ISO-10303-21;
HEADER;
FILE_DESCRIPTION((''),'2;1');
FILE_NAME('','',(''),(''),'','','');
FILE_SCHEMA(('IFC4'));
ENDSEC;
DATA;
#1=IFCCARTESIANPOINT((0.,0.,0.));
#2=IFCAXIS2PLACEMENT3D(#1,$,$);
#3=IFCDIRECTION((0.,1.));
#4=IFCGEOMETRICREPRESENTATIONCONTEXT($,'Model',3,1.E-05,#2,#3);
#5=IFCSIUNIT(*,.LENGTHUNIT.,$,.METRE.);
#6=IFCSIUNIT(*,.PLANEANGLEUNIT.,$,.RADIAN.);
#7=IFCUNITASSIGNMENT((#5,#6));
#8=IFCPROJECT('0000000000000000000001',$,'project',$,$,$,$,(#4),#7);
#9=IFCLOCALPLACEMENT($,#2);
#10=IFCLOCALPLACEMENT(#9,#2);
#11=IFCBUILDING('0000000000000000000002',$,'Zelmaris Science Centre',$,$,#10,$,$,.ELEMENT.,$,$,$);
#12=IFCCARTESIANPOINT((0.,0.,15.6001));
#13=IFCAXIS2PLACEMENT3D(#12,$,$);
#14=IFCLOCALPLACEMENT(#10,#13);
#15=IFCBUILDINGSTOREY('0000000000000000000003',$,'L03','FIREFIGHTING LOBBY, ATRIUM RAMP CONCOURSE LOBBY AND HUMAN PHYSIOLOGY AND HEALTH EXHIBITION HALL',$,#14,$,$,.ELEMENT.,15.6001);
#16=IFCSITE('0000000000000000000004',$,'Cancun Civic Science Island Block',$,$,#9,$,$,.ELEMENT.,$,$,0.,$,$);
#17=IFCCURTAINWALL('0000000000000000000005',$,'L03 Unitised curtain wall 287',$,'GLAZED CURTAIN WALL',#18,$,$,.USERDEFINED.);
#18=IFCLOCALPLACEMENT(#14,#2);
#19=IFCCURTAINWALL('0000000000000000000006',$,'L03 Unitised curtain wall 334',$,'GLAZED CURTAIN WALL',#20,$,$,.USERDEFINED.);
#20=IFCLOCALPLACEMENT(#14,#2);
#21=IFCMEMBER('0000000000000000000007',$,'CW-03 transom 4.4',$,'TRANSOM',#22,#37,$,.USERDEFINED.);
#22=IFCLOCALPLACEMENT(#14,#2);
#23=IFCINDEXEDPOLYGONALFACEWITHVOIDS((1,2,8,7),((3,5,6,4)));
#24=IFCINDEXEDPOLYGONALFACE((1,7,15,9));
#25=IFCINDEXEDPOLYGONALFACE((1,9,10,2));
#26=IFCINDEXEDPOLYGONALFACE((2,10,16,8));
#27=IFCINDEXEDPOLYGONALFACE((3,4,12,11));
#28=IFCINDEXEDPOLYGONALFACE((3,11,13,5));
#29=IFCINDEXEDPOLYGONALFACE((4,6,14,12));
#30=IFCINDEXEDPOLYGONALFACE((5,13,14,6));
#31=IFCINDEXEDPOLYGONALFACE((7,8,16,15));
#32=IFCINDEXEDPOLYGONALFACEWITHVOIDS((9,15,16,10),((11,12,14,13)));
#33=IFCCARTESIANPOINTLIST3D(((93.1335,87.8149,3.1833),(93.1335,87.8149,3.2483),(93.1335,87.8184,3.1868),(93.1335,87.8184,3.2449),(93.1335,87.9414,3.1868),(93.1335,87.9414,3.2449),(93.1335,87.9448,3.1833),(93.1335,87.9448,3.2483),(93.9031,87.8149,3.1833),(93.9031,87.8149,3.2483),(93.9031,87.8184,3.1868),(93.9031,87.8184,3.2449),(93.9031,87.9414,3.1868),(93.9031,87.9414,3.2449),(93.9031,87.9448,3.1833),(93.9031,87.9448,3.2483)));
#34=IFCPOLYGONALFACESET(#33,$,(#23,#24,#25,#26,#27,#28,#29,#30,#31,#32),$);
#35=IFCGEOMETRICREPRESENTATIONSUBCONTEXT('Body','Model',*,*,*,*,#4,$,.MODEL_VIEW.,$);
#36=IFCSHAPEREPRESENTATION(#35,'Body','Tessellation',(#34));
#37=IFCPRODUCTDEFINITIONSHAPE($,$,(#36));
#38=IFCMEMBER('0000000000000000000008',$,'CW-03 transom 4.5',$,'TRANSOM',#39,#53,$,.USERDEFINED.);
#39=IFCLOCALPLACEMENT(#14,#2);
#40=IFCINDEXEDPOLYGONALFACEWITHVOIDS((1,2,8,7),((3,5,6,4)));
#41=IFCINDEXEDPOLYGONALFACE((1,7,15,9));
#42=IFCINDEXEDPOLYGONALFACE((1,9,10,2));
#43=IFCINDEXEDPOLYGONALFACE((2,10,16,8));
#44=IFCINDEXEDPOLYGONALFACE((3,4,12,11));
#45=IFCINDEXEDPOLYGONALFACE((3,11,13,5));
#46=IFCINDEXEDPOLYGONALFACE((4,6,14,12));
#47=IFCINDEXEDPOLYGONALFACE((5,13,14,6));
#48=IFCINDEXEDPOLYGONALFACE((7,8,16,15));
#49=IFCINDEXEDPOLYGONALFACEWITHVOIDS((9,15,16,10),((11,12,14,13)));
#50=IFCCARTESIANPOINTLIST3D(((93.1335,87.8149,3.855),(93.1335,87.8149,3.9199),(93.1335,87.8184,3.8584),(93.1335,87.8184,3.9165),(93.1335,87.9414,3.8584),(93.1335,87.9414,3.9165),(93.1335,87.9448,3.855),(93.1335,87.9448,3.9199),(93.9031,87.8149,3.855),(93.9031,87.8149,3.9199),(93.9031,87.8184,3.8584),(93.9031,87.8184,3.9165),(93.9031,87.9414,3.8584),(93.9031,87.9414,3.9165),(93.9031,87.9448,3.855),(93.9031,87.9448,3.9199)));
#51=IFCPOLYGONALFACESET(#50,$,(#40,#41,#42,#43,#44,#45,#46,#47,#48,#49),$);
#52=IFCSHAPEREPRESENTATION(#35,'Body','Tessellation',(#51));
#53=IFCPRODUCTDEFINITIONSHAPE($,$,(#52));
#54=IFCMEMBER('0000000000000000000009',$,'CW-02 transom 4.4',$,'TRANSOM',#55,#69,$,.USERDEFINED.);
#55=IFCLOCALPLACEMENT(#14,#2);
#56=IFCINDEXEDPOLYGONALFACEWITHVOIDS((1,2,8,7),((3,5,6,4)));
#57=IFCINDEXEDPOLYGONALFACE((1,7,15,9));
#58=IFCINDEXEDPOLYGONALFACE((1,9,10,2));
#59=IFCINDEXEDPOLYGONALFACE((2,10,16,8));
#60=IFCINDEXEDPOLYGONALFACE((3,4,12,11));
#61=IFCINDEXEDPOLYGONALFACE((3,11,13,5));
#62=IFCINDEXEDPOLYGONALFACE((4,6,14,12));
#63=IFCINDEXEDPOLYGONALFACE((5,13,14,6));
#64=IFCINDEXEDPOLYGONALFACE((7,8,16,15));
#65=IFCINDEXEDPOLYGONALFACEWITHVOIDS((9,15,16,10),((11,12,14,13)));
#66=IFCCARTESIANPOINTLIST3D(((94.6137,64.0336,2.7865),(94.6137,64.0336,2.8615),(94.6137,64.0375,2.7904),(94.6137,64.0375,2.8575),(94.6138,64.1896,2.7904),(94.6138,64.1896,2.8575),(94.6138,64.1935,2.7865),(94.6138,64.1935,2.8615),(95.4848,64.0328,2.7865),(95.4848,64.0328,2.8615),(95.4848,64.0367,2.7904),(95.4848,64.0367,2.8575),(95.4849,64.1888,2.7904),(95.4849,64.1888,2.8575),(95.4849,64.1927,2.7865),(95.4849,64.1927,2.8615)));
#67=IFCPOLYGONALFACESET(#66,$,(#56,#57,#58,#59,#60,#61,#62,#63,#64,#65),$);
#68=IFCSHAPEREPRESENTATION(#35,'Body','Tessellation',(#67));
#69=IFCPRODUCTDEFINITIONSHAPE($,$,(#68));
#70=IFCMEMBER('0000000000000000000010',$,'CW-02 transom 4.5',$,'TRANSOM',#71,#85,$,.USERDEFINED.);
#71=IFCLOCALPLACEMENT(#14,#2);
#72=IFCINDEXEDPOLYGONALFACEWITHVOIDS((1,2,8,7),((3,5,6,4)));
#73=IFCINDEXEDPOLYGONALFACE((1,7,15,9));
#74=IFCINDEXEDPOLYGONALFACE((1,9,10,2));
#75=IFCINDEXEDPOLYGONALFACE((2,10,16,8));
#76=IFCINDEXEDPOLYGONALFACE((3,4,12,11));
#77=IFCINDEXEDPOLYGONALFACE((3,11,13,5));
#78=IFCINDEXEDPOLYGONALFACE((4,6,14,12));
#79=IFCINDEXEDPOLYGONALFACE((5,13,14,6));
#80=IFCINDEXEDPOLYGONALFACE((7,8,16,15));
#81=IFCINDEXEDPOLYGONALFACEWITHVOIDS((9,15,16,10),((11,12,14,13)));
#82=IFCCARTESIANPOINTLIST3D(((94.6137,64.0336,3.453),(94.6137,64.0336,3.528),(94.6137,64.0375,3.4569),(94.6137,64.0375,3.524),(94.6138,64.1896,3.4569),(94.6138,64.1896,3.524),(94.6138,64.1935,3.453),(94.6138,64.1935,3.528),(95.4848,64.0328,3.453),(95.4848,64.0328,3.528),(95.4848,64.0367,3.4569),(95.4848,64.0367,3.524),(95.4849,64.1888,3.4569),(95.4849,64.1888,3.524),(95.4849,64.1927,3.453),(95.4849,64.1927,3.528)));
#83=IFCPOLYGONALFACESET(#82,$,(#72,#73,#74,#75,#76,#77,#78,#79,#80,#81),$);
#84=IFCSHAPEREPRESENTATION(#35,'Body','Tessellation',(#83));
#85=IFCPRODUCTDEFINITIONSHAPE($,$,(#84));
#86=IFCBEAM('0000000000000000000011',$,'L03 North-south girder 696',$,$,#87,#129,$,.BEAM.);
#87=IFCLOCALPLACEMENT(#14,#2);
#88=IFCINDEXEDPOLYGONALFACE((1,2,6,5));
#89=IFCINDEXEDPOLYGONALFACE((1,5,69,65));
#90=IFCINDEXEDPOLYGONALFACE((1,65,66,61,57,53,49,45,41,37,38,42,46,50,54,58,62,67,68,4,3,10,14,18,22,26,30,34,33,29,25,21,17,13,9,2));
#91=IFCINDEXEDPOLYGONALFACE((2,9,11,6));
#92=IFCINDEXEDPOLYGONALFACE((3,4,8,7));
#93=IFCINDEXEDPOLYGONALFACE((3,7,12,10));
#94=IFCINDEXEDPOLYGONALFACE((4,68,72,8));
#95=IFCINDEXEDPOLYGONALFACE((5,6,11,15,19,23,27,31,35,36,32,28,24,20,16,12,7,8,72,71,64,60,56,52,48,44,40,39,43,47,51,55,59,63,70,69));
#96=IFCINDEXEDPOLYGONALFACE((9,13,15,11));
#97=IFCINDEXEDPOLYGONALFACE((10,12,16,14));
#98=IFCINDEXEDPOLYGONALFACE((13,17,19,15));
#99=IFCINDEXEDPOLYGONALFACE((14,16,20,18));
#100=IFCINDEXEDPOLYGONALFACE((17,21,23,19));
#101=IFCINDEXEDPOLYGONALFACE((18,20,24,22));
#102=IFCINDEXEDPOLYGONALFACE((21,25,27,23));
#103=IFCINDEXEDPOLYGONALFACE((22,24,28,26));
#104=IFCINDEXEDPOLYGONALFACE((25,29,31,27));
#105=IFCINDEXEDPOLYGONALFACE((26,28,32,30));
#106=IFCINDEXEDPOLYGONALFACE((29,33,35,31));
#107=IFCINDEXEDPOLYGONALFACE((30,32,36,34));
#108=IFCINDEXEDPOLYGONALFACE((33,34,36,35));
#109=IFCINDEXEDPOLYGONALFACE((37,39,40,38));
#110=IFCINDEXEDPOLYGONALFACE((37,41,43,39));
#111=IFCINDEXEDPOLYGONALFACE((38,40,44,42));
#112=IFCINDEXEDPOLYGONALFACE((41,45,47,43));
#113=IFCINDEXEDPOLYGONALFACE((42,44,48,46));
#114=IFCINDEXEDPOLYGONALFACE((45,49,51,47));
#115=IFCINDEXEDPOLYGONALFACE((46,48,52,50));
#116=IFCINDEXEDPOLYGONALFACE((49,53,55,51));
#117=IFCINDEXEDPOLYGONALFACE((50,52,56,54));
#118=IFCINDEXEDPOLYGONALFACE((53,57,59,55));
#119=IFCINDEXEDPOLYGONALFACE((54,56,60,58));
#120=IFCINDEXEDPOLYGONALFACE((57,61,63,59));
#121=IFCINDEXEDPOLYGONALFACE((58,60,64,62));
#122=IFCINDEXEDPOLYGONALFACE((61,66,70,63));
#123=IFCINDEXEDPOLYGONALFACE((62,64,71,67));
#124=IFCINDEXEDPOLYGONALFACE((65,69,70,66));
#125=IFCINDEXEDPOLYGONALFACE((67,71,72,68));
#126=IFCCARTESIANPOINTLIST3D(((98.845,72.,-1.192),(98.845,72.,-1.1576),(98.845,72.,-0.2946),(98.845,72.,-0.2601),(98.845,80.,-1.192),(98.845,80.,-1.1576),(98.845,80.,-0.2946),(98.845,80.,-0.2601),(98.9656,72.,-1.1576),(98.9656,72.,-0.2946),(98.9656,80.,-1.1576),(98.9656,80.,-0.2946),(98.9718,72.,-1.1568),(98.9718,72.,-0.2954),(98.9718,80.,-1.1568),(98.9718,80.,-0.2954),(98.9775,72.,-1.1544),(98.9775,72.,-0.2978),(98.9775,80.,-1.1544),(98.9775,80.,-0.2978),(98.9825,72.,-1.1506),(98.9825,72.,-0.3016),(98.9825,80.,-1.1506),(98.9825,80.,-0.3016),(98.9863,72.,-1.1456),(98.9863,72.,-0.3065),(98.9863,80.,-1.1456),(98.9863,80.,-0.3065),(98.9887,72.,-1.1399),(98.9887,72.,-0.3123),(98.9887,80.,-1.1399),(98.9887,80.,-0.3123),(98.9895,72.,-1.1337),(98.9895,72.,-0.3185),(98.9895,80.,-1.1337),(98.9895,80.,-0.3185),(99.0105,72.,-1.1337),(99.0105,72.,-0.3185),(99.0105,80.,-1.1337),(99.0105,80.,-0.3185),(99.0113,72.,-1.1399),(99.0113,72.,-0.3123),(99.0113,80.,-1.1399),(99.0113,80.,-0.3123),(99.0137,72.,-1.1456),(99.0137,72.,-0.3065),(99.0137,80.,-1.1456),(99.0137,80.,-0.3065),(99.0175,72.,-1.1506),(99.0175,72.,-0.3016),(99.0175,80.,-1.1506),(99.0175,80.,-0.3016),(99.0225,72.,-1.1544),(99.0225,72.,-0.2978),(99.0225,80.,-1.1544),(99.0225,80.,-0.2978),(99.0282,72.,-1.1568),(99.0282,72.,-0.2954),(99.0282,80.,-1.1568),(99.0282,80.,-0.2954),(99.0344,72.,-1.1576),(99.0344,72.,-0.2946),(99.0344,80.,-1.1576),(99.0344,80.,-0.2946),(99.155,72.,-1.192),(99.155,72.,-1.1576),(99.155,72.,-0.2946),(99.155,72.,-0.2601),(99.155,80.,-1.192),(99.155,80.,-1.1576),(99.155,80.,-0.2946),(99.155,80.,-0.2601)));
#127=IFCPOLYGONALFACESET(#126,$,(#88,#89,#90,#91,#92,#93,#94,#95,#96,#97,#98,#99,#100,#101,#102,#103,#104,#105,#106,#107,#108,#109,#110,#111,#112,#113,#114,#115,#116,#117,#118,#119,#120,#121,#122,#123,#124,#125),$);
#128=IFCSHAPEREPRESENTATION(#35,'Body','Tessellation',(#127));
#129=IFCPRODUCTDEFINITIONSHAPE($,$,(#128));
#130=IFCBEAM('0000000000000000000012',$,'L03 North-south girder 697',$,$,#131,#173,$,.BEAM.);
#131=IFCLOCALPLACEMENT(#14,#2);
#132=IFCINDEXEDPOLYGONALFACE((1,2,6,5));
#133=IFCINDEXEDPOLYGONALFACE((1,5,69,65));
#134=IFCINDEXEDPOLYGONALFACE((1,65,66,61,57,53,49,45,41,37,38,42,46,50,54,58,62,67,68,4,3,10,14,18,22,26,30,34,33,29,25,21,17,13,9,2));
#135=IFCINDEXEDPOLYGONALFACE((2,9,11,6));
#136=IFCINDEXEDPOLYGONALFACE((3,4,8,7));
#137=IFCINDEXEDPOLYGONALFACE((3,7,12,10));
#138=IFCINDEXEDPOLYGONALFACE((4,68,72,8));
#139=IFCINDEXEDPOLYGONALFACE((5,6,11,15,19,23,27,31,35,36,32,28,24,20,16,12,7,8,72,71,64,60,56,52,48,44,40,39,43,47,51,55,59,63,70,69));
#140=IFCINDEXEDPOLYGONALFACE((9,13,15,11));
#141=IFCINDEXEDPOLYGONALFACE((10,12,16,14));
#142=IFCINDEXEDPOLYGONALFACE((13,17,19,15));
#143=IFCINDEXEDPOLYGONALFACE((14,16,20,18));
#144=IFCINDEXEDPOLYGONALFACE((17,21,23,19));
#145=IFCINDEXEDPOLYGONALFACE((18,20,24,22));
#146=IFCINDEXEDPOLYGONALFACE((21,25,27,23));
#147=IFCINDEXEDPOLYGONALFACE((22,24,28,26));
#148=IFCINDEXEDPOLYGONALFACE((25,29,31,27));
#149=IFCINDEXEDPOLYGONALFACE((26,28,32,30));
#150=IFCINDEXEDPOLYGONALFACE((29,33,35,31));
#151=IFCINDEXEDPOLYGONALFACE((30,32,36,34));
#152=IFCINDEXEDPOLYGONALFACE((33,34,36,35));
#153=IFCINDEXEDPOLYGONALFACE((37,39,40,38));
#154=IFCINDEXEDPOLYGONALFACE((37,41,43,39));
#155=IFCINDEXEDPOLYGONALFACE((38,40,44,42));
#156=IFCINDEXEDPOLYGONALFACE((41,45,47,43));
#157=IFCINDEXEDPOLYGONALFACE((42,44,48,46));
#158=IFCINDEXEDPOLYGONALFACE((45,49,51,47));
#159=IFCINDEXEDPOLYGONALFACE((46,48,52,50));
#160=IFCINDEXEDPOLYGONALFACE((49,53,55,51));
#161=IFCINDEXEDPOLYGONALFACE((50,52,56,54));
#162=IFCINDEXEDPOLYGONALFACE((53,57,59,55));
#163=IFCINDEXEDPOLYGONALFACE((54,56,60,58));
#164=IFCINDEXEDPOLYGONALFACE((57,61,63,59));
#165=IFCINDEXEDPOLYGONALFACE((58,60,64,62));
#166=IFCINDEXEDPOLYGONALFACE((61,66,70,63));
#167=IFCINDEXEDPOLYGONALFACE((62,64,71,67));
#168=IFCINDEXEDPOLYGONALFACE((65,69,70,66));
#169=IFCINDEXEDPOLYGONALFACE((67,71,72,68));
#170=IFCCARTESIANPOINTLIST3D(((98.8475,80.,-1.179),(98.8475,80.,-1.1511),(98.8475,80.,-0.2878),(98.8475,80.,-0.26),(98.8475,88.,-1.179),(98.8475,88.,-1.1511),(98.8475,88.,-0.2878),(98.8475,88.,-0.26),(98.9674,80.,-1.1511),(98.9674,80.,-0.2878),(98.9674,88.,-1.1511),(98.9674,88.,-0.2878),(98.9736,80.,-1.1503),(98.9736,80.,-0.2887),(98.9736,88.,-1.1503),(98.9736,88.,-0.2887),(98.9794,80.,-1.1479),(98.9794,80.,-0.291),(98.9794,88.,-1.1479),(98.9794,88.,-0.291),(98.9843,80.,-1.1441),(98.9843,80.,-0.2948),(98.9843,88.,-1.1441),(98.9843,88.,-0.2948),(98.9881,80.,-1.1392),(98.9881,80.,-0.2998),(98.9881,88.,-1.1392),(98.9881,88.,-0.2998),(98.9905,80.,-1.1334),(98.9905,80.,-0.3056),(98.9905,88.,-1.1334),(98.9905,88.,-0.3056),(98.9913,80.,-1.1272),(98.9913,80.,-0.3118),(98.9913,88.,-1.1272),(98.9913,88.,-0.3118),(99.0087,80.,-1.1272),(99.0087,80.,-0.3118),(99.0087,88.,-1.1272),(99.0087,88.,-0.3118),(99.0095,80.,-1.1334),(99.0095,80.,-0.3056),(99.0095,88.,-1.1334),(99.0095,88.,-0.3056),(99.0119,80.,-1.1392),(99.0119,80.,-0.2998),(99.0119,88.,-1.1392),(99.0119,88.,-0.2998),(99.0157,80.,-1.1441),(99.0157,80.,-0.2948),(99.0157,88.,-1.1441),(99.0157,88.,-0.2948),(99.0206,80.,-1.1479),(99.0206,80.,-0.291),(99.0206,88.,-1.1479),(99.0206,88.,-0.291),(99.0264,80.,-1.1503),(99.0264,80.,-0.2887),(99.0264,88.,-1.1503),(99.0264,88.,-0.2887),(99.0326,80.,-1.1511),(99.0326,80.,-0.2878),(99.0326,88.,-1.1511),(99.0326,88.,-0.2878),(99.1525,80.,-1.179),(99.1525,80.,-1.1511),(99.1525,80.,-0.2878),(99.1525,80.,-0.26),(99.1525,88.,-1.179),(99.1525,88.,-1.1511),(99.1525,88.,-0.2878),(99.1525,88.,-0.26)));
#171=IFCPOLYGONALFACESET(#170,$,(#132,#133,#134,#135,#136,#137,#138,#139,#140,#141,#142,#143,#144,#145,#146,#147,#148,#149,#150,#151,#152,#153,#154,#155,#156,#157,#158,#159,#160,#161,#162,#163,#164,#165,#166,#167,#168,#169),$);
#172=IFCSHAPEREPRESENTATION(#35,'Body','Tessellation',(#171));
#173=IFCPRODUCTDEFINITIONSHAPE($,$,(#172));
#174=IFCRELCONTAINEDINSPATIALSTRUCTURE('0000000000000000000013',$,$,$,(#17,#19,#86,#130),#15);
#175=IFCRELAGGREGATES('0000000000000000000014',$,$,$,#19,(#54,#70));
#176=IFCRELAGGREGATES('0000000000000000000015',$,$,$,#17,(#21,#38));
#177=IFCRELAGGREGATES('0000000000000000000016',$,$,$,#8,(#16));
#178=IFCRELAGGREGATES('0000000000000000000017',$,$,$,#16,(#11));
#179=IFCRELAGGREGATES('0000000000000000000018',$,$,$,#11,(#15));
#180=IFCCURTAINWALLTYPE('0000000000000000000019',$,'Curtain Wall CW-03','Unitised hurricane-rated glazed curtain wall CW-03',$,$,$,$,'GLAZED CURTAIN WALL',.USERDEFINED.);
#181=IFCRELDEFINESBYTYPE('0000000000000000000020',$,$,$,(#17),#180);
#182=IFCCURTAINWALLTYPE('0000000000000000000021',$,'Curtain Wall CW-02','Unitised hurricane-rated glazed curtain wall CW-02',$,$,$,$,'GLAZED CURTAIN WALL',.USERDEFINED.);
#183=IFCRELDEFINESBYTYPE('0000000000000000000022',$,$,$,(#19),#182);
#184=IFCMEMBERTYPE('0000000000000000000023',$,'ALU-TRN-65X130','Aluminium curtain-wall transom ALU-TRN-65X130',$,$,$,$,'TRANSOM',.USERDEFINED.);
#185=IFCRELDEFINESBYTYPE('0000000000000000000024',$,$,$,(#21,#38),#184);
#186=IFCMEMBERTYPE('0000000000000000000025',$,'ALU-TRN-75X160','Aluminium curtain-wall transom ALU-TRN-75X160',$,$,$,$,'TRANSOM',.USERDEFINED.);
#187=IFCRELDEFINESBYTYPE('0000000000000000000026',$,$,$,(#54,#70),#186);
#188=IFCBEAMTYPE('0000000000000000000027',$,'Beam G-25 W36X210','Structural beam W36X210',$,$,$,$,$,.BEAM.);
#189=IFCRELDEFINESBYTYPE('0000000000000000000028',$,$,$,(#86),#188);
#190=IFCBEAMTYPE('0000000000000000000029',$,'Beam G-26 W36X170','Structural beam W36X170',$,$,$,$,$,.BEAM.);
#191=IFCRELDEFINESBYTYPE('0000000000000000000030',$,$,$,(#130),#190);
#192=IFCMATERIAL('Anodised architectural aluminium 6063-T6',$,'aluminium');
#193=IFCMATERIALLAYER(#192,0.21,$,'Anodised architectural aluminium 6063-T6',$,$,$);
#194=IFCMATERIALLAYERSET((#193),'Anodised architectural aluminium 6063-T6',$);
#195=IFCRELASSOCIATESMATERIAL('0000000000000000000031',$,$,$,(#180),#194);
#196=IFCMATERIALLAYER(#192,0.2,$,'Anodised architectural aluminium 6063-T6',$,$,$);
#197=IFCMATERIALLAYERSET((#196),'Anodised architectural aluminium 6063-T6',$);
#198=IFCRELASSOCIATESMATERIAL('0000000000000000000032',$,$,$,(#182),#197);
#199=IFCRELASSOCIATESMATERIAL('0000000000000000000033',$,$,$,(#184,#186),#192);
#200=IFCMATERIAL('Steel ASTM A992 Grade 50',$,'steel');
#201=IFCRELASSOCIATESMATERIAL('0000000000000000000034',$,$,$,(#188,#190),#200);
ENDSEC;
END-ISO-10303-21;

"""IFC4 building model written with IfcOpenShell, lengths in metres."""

from ifc_helpers import new_model, si_unit, direction, frame, origin, origin_2d, place, context, subcontext, project, spatial, hollow_rectangle, i_section, extrude, material, layer, layer_set, material_profile, profile_set, type_object, element, aggregate, save


model = new_model("IFC4")

# Units and contexts
model_context = context("Model", 3, precision=1e-05, world=origin(), true_north=direction((0.0, 1.0)))
body_context = subcontext(model_context, "Body", "Model", "MODEL_VIEW")
ifc_project = project(units=[si_unit("LENGTHUNIT", "METRE"), si_unit("PLANEANGLEUNIT", "RADIAN")], contexts=[model_context])

# Site, building, storey
site_placement = place(None, origin())
site = spatial("IfcSite", under=ifc_project, at=site_placement, Name="Cancun Civic Science Island Block", CompositionType="ELEMENT", RefElevation=0.0)
building_placement = place(site_placement, origin())
building = spatial("IfcBuilding", under=site, at=building_placement, Name="Zelmaris Science Centre", CompositionType="ELEMENT")
storey_placement = place(building_placement, frame((0.0, 0.0, 15.6001)))
storey = spatial("IfcBuildingStorey", under=building, at=storey_placement, Name="L03", Description="FIREFIGHTING LOBBY, ATRIUM RAMP CONCOURSE LOBBY AND HUMAN PHYSIOLOGY AND HEALTH EXHIBITION HALL", CompositionType="ELEMENT", Elevation=15.6001)

# Shared definitions
ifc_material_1 = material(Name="Steel ASTM A992 Grade 50", Category="steel")

# Curtain walls
ifc_material_2 = material(Name="Anodised architectural aluminium 6063-T6", Category="aluminium")
ifc_layer_1 = layer(ifc_material_2, 0.21, Name="Anodised architectural aluminium 6063-T6")
ifc_layer_set_1 = layer_set([ifc_layer_1], Name="Anodised architectural aluminium 6063-T6")
curtain_wall_type_1 = type_object("IfcCurtainWallType", Name="Curtain Wall CW-03", Description="Unitised hurricane-rated glazed curtain wall CW-03", ElementType="GLAZED CURTAIN WALL", PredefinedType="USERDEFINED", material=ifc_layer_set_1)
curtain_wall_1_placement = place(storey_placement, origin())
curtain_wall_1 = element("IfcCurtainWall", 1, at=curtain_wall_1_placement, inside=storey, type_object=curtain_wall_type_1, Name="L03 Unitised curtain wall 287", ObjectType="GLAZED CURTAIN WALL", PredefinedType="USERDEFINED")
ifc_layer_2 = layer(ifc_material_2, 0.2, Name="Anodised architectural aluminium 6063-T6")
ifc_layer_set_2 = layer_set([ifc_layer_2], Name="Anodised architectural aluminium 6063-T6")
curtain_wall_type_2 = type_object("IfcCurtainWallType", Name="Curtain Wall CW-02", Description="Unitised hurricane-rated glazed curtain wall CW-02", ElementType="GLAZED CURTAIN WALL", PredefinedType="USERDEFINED", material=ifc_layer_set_2)
curtain_wall_2_placement = place(storey_placement, origin())
curtain_wall_2 = element("IfcCurtainWall", 2, at=curtain_wall_2_placement, inside=storey, type_object=curtain_wall_type_2, Name="L03 Unitised curtain wall 334", ObjectType="GLAZED CURTAIN WALL", PredefinedType="USERDEFINED")

# Members
ifc_material_profile_1 = material_profile(ifc_material_2, hollow_rectangle(XDim=0.0649, YDim=0.1299, WallThickness=0.0034, at=origin_2d()), Name="ALU-TRN-65X130")
ifc_profile_set_1 = profile_set([ifc_material_profile_1], Name="Anodised architectural aluminium 6063-T6")
member_type_1 = type_object("IfcMemberType", Name="ALU-TRN-65X130", Description="Aluminium curtain-wall transom ALU-TRN-65X130", ElementType="TRANSOM", PredefinedType="USERDEFINED", material=ifc_profile_set_1)
member_1_placement = place(storey_placement, frame((93.1335, 87.8799, 3.2158), z_axis=(1.0, 0.0, 0.0), x_axis=(0.0, 0.0, 1.0)))
member_1 = element("IfcMember", 3, at=member_1_placement, type_object=member_type_1, Name="CW-03 transom 4.4", ObjectType="TRANSOM", PredefinedType="USERDEFINED", context=body_context, shape_type="SweptSolid", body=[
    extrude(hollow_rectangle(XDim=0.0649, YDim=0.1299, WallThickness=0.0034, at=origin_2d()), origin(), (0.0, 0.0, 1.0), 0.7695),
])
member_2_placement = place(storey_placement, frame((93.1335, 87.8799, 3.8875), z_axis=(1.0, 0.0, 0.0), x_axis=(0.0, 0.0, 1.0)))
member_2 = element("IfcMember", 4, at=member_2_placement, type_object=member_type_1, Name="CW-03 transom 4.5", ObjectType="TRANSOM", PredefinedType="USERDEFINED", context=body_context, shape_type="SweptSolid", body=[
    extrude(hollow_rectangle(XDim=0.0649, YDim=0.1299, WallThickness=0.0034, at=origin_2d()), origin(), (0.0, 0.0, 1.0), 0.7695),
])
ifc_material_profile_2 = material_profile(ifc_material_2, hollow_rectangle(XDim=0.075, YDim=0.1599, WallThickness=0.0039, at=origin_2d()), Name="ALU-TRN-75X160")
ifc_profile_set_2 = profile_set([ifc_material_profile_2], Name="Anodised architectural aluminium 6063-T6")
member_type_2 = type_object("IfcMemberType", Name="ALU-TRN-75X160", Description="Aluminium curtain-wall transom ALU-TRN-75X160", ElementType="TRANSOM", PredefinedType="USERDEFINED", material=ifc_profile_set_2)
member_3_placement = place(storey_placement, frame((95.4849, 64.1128, 2.824), z_axis=(-1.0, 0.000841, 0.0), x_axis=(0.0, 0.0, 1.0)))
member_3 = element("IfcMember", 5, at=member_3_placement, type_object=member_type_2, Name="CW-02 transom 4.4", ObjectType="TRANSOM", PredefinedType="USERDEFINED", context=body_context, shape_type="SweptSolid", body=[
    extrude(hollow_rectangle(XDim=0.075, YDim=0.1599, WallThickness=0.0039, at=origin_2d()), origin(), (0.0, 0.0, 1.0), 0.8711),
])
member_4_placement = place(storey_placement, frame((95.4849, 64.1128, 3.4905), z_axis=(-1.0, 0.000841, 0.0), x_axis=(0.0, 0.0, 1.0)))
member_4 = element("IfcMember", 6, at=member_4_placement, type_object=member_type_2, Name="CW-02 transom 4.5", ObjectType="TRANSOM", PredefinedType="USERDEFINED", context=body_context, shape_type="SweptSolid", body=[
    extrude(hollow_rectangle(XDim=0.075, YDim=0.1599, WallThickness=0.0039, at=origin_2d()), origin(), (0.0, 0.0, 1.0), 0.8711),
])

# Beams
ifc_material_profile_3 = material_profile(ifc_material_1, i_section(OverallWidth=0.3101, OverallDepth=0.9319, WebThickness=0.021, FlangeThickness=0.0344, FilletRadius=0.0239, at=origin_2d()), Name="W36X210")
ifc_profile_set_3 = profile_set([ifc_material_profile_3], Name="Steel ASTM A992 Grade 50")
beam_type_1 = type_object("IfcBeamType", Name="Beam G-25 W36X210", Description="Structural beam W36X210", PredefinedType="BEAM", material=ifc_profile_set_3)
beam_1_placement = place(storey_placement, frame((99.0, 72.0, -0.7261), z_axis=(0.0, 1.0, 0.0), x_axis=(-1.0, 0.0, 0.0)))
element("IfcBeam", 7, at=beam_1_placement, inside=storey, type_object=beam_type_1, Name="L03 North-south girder 696", PredefinedType="BEAM", context=body_context, shape_type="SweptSolid", body=[
    extrude(i_section(OverallWidth=0.3101, OverallDepth=0.9319, WebThickness=0.021, FlangeThickness=0.0344, FilletRadius=0.0239, at=origin_2d()), origin(), (0.0, 0.0, 1.0), 8.0),
])
ifc_material_profile_4 = material_profile(ifc_material_1, i_section(OverallWidth=0.3049, OverallDepth=0.9189, WebThickness=0.0173, FlangeThickness=0.0278, FilletRadius=0.0239, at=origin_2d()), Name="W36X170")
ifc_profile_set_4 = profile_set([ifc_material_profile_4], Name="Steel ASTM A992 Grade 50")
beam_type_2 = type_object("IfcBeamType", Name="Beam G-26 W36X170", Description="Structural beam W36X170", PredefinedType="BEAM", material=ifc_profile_set_4)
beam_2_placement = place(storey_placement, frame((99.0, 80.0, -0.7195), z_axis=(0.0, 1.0, 0.0), x_axis=(-1.0, 0.0, 0.0)))
element("IfcBeam", 8, at=beam_2_placement, inside=storey, type_object=beam_type_2, Name="L03 North-south girder 697", PredefinedType="BEAM", context=body_context, shape_type="SweptSolid", body=[
    extrude(i_section(OverallWidth=0.3049, OverallDepth=0.9189, WebThickness=0.0173, FlangeThickness=0.0278, FilletRadius=0.0239, at=origin_2d()), origin(), (0.0, 0.0, 1.0), 8.0),
])

aggregate(curtain_wall_2, [member_3, member_4])
aggregate(curtain_wall_1, [member_1, member_2])

save(model, "model.ifc")
